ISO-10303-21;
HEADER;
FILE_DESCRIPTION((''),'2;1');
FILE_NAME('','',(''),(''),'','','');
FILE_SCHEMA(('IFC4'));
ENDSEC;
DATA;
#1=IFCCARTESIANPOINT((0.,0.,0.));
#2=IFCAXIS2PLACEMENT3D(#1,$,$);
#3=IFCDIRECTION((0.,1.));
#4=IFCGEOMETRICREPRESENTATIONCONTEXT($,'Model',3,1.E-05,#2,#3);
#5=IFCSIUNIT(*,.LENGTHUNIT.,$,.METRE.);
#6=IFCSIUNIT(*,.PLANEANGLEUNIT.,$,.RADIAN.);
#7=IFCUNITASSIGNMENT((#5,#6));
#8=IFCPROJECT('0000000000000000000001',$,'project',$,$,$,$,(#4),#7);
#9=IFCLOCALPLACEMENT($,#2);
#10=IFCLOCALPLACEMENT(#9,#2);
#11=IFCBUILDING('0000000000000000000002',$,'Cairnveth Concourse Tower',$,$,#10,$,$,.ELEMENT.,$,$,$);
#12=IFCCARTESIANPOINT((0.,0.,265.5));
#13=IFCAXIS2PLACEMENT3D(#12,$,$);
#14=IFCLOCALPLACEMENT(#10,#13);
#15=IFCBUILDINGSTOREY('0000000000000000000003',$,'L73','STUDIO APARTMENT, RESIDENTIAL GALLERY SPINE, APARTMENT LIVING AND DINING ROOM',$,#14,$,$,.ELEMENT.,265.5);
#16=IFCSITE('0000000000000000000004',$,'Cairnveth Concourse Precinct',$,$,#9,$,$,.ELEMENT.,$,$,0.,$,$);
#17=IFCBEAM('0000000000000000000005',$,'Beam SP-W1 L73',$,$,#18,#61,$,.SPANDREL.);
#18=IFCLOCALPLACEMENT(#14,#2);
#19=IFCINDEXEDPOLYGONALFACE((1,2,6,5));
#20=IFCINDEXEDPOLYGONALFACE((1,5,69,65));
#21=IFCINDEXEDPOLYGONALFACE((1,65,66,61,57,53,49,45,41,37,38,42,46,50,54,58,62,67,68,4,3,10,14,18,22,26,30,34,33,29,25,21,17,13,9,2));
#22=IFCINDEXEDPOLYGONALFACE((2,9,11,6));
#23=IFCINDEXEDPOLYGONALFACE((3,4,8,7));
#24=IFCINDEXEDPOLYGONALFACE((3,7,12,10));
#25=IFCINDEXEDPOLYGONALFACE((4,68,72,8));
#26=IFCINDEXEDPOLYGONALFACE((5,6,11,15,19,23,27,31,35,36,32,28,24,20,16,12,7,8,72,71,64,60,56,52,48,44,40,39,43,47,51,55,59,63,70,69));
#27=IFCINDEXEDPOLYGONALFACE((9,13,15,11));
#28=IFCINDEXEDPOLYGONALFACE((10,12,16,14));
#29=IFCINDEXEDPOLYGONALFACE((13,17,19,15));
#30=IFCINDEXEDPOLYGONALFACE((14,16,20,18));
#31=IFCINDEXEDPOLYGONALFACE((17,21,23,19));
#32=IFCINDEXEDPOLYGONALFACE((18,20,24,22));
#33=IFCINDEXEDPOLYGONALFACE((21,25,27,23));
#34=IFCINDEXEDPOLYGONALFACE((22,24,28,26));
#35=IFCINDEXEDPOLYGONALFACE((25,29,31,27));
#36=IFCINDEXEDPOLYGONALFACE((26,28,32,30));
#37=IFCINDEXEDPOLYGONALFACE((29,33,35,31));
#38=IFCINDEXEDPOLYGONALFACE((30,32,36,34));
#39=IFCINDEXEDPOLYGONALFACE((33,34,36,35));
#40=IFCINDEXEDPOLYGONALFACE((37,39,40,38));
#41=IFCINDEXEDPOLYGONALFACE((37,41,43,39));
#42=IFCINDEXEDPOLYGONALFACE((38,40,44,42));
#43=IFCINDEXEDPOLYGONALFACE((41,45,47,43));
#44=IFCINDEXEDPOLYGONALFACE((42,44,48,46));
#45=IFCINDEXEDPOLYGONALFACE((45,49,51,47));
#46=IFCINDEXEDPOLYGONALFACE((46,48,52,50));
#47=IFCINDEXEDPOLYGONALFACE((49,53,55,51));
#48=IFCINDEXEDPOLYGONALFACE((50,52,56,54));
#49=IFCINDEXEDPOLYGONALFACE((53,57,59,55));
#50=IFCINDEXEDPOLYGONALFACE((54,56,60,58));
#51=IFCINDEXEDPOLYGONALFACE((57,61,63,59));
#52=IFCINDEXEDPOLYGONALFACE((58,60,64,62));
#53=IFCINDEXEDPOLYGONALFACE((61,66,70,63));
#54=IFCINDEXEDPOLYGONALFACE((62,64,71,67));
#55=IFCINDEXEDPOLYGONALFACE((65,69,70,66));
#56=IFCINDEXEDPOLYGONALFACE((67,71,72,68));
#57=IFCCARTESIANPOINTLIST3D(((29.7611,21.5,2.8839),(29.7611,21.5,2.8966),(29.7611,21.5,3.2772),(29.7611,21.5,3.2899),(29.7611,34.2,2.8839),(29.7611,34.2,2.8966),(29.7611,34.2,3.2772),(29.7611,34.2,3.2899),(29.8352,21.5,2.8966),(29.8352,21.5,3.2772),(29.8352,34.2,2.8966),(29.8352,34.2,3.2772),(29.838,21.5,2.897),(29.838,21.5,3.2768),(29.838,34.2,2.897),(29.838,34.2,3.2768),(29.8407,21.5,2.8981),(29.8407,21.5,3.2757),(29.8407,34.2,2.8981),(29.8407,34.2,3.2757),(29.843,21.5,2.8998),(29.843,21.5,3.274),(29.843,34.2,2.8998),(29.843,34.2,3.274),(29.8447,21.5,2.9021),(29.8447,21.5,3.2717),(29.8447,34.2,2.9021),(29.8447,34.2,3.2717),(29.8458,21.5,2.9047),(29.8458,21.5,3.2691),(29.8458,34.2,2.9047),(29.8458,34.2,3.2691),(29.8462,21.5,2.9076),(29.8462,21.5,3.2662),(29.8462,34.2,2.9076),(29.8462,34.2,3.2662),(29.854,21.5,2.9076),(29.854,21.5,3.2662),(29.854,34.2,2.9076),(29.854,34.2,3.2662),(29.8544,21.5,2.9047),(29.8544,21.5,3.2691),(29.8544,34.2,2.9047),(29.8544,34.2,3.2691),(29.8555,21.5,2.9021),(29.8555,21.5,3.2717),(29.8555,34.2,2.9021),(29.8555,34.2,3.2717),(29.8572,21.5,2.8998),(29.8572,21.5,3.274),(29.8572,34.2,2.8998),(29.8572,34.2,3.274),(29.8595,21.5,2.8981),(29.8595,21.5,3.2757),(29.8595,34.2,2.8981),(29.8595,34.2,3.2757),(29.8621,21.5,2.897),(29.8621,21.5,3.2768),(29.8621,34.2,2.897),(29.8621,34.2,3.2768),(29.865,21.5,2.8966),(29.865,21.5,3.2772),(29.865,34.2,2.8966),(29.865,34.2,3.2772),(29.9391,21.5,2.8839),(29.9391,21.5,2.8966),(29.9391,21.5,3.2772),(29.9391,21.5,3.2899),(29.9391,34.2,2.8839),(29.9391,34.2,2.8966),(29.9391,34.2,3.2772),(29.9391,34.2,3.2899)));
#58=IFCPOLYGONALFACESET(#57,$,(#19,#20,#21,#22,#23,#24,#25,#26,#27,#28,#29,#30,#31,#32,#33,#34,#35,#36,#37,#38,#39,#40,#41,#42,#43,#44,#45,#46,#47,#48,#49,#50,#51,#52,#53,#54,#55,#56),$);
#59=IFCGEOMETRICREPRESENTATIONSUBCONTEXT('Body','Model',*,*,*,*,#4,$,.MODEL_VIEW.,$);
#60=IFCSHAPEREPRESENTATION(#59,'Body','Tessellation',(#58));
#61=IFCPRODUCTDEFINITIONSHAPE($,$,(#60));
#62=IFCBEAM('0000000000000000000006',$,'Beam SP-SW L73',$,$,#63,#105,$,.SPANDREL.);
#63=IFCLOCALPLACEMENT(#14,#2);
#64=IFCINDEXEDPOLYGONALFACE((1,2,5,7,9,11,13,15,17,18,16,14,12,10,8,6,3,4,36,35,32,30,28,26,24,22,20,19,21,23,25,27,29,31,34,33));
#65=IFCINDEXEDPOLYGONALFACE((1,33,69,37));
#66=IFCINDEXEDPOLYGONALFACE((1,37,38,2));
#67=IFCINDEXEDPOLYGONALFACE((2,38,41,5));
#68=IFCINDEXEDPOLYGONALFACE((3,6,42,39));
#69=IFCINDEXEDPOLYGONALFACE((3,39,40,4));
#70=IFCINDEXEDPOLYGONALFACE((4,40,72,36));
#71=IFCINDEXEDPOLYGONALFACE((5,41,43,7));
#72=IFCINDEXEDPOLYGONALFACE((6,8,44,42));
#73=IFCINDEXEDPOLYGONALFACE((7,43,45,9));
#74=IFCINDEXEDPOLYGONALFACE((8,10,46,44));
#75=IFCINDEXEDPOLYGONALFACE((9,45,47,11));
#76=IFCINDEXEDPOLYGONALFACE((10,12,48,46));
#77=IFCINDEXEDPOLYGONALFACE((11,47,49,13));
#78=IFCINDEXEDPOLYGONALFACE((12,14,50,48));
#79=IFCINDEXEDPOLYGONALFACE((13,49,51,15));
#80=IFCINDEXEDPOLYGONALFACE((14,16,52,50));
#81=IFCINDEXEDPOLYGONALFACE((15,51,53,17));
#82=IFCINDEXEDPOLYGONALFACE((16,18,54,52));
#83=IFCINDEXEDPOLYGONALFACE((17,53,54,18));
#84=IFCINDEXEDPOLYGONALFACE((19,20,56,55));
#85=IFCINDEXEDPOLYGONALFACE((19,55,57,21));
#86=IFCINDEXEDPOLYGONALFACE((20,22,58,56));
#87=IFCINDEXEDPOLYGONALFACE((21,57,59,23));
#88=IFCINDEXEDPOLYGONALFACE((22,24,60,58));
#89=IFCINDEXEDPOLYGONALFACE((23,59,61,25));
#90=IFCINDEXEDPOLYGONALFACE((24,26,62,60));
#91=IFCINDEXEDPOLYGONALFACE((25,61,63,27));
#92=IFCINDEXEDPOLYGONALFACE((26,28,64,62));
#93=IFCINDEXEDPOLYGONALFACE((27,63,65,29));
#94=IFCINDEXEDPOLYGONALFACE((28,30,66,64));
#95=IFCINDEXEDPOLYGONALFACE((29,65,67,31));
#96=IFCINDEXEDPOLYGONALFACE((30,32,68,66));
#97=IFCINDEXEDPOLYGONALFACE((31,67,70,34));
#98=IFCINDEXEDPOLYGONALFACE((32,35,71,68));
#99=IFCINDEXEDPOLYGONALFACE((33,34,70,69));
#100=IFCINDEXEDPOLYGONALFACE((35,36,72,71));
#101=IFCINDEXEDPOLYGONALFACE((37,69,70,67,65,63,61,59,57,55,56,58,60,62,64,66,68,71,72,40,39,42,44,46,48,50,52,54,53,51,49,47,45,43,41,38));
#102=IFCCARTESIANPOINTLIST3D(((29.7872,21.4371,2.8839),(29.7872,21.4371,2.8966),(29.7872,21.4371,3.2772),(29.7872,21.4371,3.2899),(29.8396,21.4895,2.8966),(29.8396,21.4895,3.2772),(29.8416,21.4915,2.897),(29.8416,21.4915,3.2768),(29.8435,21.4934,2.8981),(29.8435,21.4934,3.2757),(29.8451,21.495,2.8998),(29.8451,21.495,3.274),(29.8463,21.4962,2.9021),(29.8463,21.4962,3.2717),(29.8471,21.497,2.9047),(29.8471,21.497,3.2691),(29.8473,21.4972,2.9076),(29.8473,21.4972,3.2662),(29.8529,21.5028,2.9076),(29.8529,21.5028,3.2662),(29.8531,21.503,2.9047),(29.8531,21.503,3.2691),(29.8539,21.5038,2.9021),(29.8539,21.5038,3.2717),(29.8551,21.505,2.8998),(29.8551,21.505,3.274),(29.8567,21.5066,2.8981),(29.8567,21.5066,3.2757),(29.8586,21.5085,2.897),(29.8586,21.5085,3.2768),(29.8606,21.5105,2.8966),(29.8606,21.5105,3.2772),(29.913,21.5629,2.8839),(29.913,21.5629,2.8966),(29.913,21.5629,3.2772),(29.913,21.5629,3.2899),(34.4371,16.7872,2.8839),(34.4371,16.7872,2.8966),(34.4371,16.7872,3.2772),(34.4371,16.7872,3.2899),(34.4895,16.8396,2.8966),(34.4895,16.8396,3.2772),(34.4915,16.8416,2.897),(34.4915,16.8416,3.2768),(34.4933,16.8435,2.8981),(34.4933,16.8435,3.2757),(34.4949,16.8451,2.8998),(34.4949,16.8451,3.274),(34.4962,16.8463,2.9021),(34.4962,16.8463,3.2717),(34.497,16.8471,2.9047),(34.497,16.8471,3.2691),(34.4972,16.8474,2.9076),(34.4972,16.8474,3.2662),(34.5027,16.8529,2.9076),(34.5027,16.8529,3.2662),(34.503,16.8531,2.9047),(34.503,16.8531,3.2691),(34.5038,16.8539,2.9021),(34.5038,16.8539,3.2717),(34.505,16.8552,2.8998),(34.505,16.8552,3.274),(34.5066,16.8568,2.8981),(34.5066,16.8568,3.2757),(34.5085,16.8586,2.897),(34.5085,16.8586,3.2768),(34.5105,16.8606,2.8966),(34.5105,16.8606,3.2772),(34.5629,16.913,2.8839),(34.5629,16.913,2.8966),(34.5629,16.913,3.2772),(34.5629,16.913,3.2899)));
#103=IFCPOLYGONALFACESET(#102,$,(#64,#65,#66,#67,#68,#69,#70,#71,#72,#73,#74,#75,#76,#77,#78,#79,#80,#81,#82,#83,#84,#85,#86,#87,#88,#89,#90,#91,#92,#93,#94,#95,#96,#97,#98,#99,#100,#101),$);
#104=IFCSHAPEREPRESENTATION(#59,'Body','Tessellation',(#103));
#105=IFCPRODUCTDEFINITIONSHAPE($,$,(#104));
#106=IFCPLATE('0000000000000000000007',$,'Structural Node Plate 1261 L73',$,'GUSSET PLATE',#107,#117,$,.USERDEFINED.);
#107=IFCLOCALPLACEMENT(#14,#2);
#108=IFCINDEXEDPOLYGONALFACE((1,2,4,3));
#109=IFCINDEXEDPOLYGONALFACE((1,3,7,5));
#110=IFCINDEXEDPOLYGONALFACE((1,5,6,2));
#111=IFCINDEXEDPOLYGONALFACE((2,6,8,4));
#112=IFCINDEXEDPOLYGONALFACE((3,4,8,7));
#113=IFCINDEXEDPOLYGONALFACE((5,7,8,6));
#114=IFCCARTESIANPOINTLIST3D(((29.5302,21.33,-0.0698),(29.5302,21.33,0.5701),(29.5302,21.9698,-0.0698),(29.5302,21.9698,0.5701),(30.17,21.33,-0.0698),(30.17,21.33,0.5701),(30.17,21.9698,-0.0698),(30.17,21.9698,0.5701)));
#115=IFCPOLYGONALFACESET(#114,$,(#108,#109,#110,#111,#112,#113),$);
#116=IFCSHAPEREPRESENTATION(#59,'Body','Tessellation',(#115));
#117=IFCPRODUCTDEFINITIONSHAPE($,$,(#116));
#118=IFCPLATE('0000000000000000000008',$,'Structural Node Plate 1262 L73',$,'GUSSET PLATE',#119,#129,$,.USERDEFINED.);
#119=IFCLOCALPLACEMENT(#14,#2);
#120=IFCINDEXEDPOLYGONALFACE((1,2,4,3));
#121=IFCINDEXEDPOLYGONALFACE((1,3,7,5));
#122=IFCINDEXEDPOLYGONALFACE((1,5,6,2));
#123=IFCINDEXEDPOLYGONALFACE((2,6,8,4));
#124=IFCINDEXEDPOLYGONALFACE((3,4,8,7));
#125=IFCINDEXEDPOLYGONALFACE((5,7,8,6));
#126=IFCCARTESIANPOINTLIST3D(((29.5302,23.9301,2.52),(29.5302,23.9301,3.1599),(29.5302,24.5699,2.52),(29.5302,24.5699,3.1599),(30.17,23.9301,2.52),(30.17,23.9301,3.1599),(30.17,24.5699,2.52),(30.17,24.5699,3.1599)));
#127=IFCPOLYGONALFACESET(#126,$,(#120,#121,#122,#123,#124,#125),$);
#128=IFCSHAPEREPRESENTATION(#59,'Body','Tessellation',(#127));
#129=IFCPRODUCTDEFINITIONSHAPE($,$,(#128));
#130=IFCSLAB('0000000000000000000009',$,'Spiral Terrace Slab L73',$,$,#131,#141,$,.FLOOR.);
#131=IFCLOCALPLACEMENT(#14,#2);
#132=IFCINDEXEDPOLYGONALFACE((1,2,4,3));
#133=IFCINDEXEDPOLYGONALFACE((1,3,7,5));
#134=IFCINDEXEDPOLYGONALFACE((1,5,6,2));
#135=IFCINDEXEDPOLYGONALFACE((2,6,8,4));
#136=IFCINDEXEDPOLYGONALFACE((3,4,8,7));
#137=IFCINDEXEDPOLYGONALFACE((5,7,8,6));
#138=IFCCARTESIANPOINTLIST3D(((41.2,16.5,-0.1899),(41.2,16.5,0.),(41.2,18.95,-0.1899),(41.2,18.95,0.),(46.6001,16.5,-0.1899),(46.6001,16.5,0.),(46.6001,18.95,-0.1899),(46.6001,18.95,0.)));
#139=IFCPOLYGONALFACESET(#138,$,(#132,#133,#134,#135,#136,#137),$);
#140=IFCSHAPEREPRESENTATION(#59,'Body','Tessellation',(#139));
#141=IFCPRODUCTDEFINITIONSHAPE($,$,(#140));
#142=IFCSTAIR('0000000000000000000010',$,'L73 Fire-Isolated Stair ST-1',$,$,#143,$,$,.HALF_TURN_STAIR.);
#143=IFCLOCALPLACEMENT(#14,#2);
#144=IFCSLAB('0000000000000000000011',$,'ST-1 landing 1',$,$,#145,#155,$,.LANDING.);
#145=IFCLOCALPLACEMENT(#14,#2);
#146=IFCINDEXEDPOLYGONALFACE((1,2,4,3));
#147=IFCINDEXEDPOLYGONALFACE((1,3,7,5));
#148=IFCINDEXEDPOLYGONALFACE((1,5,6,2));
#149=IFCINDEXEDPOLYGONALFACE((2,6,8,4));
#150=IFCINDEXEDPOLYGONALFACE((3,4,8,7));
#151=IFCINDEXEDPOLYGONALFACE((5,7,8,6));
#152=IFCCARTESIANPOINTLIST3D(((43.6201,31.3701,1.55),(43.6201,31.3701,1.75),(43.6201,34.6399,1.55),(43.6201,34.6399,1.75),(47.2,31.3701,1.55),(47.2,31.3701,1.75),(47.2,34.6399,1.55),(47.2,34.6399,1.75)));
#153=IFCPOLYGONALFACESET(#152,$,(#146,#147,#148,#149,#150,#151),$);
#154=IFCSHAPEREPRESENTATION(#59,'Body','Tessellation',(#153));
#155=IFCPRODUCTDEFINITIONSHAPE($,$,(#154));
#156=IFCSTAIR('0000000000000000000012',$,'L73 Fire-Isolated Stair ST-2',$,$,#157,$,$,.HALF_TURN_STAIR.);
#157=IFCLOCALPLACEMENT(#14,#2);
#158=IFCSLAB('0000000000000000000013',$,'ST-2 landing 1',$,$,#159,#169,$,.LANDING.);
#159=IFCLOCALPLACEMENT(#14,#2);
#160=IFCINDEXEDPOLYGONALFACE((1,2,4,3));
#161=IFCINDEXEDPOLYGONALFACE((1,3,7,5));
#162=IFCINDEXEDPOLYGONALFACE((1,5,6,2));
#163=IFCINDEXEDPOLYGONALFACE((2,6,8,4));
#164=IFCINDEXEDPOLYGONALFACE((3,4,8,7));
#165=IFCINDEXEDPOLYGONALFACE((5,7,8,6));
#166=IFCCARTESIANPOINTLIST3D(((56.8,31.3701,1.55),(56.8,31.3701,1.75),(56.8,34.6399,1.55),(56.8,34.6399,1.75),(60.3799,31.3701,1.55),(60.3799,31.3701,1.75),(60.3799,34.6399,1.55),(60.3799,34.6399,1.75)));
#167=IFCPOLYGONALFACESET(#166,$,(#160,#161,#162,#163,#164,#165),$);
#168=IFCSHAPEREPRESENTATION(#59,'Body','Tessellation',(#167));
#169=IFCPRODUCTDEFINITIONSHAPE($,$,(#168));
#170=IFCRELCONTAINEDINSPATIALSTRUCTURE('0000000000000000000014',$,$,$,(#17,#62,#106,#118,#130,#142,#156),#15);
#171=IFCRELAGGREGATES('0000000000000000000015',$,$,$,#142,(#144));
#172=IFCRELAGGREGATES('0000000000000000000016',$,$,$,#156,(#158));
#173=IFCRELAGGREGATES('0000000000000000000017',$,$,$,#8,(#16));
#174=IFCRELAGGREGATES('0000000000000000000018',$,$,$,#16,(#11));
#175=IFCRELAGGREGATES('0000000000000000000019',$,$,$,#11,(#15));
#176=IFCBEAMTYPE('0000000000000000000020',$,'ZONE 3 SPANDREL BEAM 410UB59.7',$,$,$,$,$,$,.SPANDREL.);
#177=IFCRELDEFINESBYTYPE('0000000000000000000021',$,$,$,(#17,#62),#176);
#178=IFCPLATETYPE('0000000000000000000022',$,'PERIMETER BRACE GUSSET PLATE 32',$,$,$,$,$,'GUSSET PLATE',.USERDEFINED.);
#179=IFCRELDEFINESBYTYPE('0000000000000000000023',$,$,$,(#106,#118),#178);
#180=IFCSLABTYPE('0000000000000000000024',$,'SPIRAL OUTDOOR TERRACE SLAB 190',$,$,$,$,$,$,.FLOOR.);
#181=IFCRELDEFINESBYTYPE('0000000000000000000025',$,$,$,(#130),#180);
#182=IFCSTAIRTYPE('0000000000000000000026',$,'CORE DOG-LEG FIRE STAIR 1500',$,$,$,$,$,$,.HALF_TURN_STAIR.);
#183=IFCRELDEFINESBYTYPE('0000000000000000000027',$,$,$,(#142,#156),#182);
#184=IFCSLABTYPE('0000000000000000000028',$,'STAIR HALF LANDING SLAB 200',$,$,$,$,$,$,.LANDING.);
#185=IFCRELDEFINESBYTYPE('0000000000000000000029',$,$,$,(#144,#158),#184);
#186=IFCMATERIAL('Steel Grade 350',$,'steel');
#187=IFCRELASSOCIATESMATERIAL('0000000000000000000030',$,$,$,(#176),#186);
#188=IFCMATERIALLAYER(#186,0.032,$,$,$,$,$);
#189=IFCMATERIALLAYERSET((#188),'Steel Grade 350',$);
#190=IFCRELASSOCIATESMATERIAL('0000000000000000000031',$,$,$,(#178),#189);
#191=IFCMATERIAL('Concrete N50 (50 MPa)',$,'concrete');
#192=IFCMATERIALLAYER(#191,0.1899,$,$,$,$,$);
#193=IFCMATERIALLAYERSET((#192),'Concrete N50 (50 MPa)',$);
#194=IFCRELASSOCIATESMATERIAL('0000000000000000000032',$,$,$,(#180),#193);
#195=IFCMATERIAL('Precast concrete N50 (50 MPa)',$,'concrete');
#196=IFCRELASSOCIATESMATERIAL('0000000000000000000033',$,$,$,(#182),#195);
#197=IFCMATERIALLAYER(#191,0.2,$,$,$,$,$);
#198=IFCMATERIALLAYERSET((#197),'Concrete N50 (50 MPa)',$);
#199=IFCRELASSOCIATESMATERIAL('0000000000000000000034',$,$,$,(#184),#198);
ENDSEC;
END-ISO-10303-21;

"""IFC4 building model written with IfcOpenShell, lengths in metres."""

from ifc_helpers import new_model, si_unit, direction, frame, origin, origin_2d, place, context, subcontext, project, spatial, polyline, rectangle, i_section, outline, extrude, material, layer, layer_set, material_profile, profile_set, type_object, element, aggregate, save


model = new_model("IFC4")

# Units and contexts
model_context = context("Model", 3, precision=1e-05, world=origin(), true_north=direction((0.0, 1.0)))
body_context = subcontext(model_context, "Body", "Model", "MODEL_VIEW")
ifc_project = project(units=[si_unit("LENGTHUNIT", "METRE"), si_unit("PLANEANGLEUNIT", "RADIAN")], contexts=[model_context])

# Site, building, storey
site_placement = place(None, origin())
site = spatial("IfcSite", under=ifc_project, at=site_placement, Name="Cairnveth Concourse Precinct", CompositionType="ELEMENT", RefElevation=0.0)
building_placement = place(site_placement, origin())
building = spatial("IfcBuilding", under=site, at=building_placement, Name="Cairnveth Concourse Tower", CompositionType="ELEMENT")
storey_placement = place(building_placement, frame((0.0, 0.0, 265.5)))
storey = spatial("IfcBuildingStorey", under=building, at=storey_placement, Name="L73", Description="STUDIO APARTMENT, RESIDENTIAL GALLERY SPINE, APARTMENT LIVING AND DINING ROOM", CompositionType="ELEMENT", Elevation=265.5)

# Shared definitions
ifc_material_1 = material(Name="Steel Grade 350", Category="steel")

# Beams
ifc_material_profile_1 = material_profile(ifc_material_1, i_section(OverallWidth=0.178, OverallDepth=0.406, WebThickness=0.0078, FlangeThickness=0.0127, FilletRadius=0.011, at=origin_2d()), Name="410UB59.7")
ifc_profile_set_1 = profile_set([ifc_material_profile_1], Name="Steel Grade 350")
beam_type_1 = type_object("IfcBeamType", Name="ZONE 3 SPANDREL BEAM 410UB59.7", PredefinedType="SPANDREL", material=ifc_profile_set_1)
beam_1_placement = place(storey_placement, frame((29.8501, 21.5, 3.0869), z_axis=(0.0, 1.0, 0.0), x_axis=(-1.0, 0.0, 0.0)))
element("IfcBeam", 1, at=beam_1_placement, inside=storey, type_object=beam_type_1, Name="Beam SP-W1 L73", PredefinedType="SPANDREL", context=body_context, shape_type="SweptSolid", body=[
    extrude(i_section(OverallWidth=0.178, OverallDepth=0.406, WebThickness=0.0078, FlangeThickness=0.0127, FilletRadius=0.011, at=origin_2d()), origin(), (0.0, 0.0, 1.0), 12.7),
])
beam_2_placement = place(storey_placement, frame((29.8501, 21.5, 3.0869), z_axis=(0.707107, -0.707107, 0.0), x_axis=(0.707107, 0.707107, 0.0)))
element("IfcBeam", 2, at=beam_2_placement, inside=storey, type_object=beam_type_1, Name="Beam SP-SW L73", PredefinedType="SPANDREL", context=body_context, shape_type="SweptSolid", body=[
    extrude(i_section(OverallWidth=0.178, OverallDepth=0.406, WebThickness=0.0078, FlangeThickness=0.0127, FilletRadius=0.011, at=origin_2d()), origin(), (0.0, 0.0, 1.0), 6.5759),
])

# Plates
ifc_layer_1 = layer(ifc_material_1, 0.032)
ifc_layer_set_1 = layer_set([ifc_layer_1], Name="Steel Grade 350")
plate_type = type_object("IfcPlateType", Name="PERIMETER BRACE GUSSET PLATE 32", ElementType="GUSSET PLATE", PredefinedType="USERDEFINED", material=ifc_layer_set_1)
for number, where, z_axis, x_axis, name in (
    (3, (29.8501, 21.6499, -0.0698), (0.0, 0.0, 1.0), (1.0, 0.0, 0.0), "Structural Node Plate 1261 L73"),
    (4, (29.8501, 24.25, 2.52), (0.0, 0.0, 1.0), (1.0, 0.0, 0.0), "Structural Node Plate 1262 L73"),
):
    element("IfcPlate", number, at=place(storey_placement, frame(where, z_axis=z_axis, x_axis=x_axis)), inside=storey, type_object=plate_type, Name=name, ObjectType="GUSSET PLATE", PredefinedType="USERDEFINED", context=body_context, shape_type="SweptSolid", body=[
        extrude(rectangle(XDim=0.6399, YDim=0.6399, at=origin_2d()), origin(), (0.0, 0.0, 1.0), 0.6399),
    ])

# Slab
ifc_material_2 = material(Name="Concrete N50 (50 MPa)", Category="concrete")
ifc_layer_2 = layer(ifc_material_2, 0.1899)
ifc_layer_set_2 = layer_set([ifc_layer_2], Name="Concrete N50 (50 MPa)")
slab_type_1 = type_object("IfcSlabType", Name="SPIRAL OUTDOOR TERRACE SLAB 190", PredefinedType="FLOOR", material=ifc_layer_set_2)
slab_1_placement = place(storey_placement, frame((0.0, 0.0, -0.1899)))
element("IfcSlab", 5, at=slab_1_placement, inside=storey, type_object=slab_type_1, Name="Spiral Terrace Slab L73", PredefinedType="FLOOR", context=body_context, shape_type="SweptSolid", body=[
    extrude(outline(polyline([(41.2, 16.5), (46.6001, 16.5), (46.6001, 18.95), (41.2, 18.95), (41.2, 16.5)])), origin(), (0.0, 0.0, 1.0), 0.1899),
])

# Stairs, slabs
ifc_material_3 = material(Name="Precast concrete N50 (50 MPa)", Category="concrete")
stair_type = type_object("IfcStairType", Name="CORE DOG-LEG FIRE STAIR 1500", PredefinedType="HALF_TURN_STAIR", material=ifc_material_3)
stair_1_placement = place(storey_placement, origin())
stair_1 = element("IfcStair", 6, at=stair_1_placement, inside=storey, type_object=stair_type, Name="L73 Fire-Isolated Stair ST-1", PredefinedType="HALF_TURN_STAIR")
ifc_layer_3 = layer(ifc_material_2, 0.2)
ifc_layer_set_3 = layer_set([ifc_layer_3], Name="Concrete N50 (50 MPa)")
slab_type_2 = type_object("IfcSlabType", Name="STAIR HALF LANDING SLAB 200", PredefinedType="LANDING", material=ifc_layer_set_3)
slab_2_placement = place(storey_placement, frame((0.0, 0.0, 1.55)))
slab_2 = element("IfcSlab", 7, at=slab_2_placement, type_object=slab_type_2, Name="ST-1 landing 1", PredefinedType="LANDING", context=body_context, shape_type="SweptSolid", body=[
    extrude(outline(polyline([(43.6201, 34.6399), (43.6201, 31.3701), (47.2, 31.3701), (47.2, 34.6399), (43.6201, 34.6399)])), origin(), (0.0, 0.0, 1.0), 0.2),
])
aggregate(stair_1, [slab_2])
stair_2_placement = place(storey_placement, origin())
stair_2 = element("IfcStair", 8, at=stair_2_placement, inside=storey, type_object=stair_type, Name="L73 Fire-Isolated Stair ST-2", PredefinedType="HALF_TURN_STAIR")
slab_3_placement = place(storey_placement, frame((0.0, 0.0, 1.55)))
slab_3 = element("IfcSlab", 9, at=slab_3_placement, type_object=slab_type_2, Name="ST-2 landing 1", PredefinedType="LANDING", context=body_context, shape_type="SweptSolid", body=[
    extrude(outline(polyline([(56.8, 34.6399), (56.8, 31.3701), (60.3799, 31.3701), (60.3799, 34.6399), (56.8, 34.6399)])), origin(), (0.0, 0.0, 1.0), 0.2),
])
aggregate(stair_2, [slab_3])

save(model, "model.ifc")
